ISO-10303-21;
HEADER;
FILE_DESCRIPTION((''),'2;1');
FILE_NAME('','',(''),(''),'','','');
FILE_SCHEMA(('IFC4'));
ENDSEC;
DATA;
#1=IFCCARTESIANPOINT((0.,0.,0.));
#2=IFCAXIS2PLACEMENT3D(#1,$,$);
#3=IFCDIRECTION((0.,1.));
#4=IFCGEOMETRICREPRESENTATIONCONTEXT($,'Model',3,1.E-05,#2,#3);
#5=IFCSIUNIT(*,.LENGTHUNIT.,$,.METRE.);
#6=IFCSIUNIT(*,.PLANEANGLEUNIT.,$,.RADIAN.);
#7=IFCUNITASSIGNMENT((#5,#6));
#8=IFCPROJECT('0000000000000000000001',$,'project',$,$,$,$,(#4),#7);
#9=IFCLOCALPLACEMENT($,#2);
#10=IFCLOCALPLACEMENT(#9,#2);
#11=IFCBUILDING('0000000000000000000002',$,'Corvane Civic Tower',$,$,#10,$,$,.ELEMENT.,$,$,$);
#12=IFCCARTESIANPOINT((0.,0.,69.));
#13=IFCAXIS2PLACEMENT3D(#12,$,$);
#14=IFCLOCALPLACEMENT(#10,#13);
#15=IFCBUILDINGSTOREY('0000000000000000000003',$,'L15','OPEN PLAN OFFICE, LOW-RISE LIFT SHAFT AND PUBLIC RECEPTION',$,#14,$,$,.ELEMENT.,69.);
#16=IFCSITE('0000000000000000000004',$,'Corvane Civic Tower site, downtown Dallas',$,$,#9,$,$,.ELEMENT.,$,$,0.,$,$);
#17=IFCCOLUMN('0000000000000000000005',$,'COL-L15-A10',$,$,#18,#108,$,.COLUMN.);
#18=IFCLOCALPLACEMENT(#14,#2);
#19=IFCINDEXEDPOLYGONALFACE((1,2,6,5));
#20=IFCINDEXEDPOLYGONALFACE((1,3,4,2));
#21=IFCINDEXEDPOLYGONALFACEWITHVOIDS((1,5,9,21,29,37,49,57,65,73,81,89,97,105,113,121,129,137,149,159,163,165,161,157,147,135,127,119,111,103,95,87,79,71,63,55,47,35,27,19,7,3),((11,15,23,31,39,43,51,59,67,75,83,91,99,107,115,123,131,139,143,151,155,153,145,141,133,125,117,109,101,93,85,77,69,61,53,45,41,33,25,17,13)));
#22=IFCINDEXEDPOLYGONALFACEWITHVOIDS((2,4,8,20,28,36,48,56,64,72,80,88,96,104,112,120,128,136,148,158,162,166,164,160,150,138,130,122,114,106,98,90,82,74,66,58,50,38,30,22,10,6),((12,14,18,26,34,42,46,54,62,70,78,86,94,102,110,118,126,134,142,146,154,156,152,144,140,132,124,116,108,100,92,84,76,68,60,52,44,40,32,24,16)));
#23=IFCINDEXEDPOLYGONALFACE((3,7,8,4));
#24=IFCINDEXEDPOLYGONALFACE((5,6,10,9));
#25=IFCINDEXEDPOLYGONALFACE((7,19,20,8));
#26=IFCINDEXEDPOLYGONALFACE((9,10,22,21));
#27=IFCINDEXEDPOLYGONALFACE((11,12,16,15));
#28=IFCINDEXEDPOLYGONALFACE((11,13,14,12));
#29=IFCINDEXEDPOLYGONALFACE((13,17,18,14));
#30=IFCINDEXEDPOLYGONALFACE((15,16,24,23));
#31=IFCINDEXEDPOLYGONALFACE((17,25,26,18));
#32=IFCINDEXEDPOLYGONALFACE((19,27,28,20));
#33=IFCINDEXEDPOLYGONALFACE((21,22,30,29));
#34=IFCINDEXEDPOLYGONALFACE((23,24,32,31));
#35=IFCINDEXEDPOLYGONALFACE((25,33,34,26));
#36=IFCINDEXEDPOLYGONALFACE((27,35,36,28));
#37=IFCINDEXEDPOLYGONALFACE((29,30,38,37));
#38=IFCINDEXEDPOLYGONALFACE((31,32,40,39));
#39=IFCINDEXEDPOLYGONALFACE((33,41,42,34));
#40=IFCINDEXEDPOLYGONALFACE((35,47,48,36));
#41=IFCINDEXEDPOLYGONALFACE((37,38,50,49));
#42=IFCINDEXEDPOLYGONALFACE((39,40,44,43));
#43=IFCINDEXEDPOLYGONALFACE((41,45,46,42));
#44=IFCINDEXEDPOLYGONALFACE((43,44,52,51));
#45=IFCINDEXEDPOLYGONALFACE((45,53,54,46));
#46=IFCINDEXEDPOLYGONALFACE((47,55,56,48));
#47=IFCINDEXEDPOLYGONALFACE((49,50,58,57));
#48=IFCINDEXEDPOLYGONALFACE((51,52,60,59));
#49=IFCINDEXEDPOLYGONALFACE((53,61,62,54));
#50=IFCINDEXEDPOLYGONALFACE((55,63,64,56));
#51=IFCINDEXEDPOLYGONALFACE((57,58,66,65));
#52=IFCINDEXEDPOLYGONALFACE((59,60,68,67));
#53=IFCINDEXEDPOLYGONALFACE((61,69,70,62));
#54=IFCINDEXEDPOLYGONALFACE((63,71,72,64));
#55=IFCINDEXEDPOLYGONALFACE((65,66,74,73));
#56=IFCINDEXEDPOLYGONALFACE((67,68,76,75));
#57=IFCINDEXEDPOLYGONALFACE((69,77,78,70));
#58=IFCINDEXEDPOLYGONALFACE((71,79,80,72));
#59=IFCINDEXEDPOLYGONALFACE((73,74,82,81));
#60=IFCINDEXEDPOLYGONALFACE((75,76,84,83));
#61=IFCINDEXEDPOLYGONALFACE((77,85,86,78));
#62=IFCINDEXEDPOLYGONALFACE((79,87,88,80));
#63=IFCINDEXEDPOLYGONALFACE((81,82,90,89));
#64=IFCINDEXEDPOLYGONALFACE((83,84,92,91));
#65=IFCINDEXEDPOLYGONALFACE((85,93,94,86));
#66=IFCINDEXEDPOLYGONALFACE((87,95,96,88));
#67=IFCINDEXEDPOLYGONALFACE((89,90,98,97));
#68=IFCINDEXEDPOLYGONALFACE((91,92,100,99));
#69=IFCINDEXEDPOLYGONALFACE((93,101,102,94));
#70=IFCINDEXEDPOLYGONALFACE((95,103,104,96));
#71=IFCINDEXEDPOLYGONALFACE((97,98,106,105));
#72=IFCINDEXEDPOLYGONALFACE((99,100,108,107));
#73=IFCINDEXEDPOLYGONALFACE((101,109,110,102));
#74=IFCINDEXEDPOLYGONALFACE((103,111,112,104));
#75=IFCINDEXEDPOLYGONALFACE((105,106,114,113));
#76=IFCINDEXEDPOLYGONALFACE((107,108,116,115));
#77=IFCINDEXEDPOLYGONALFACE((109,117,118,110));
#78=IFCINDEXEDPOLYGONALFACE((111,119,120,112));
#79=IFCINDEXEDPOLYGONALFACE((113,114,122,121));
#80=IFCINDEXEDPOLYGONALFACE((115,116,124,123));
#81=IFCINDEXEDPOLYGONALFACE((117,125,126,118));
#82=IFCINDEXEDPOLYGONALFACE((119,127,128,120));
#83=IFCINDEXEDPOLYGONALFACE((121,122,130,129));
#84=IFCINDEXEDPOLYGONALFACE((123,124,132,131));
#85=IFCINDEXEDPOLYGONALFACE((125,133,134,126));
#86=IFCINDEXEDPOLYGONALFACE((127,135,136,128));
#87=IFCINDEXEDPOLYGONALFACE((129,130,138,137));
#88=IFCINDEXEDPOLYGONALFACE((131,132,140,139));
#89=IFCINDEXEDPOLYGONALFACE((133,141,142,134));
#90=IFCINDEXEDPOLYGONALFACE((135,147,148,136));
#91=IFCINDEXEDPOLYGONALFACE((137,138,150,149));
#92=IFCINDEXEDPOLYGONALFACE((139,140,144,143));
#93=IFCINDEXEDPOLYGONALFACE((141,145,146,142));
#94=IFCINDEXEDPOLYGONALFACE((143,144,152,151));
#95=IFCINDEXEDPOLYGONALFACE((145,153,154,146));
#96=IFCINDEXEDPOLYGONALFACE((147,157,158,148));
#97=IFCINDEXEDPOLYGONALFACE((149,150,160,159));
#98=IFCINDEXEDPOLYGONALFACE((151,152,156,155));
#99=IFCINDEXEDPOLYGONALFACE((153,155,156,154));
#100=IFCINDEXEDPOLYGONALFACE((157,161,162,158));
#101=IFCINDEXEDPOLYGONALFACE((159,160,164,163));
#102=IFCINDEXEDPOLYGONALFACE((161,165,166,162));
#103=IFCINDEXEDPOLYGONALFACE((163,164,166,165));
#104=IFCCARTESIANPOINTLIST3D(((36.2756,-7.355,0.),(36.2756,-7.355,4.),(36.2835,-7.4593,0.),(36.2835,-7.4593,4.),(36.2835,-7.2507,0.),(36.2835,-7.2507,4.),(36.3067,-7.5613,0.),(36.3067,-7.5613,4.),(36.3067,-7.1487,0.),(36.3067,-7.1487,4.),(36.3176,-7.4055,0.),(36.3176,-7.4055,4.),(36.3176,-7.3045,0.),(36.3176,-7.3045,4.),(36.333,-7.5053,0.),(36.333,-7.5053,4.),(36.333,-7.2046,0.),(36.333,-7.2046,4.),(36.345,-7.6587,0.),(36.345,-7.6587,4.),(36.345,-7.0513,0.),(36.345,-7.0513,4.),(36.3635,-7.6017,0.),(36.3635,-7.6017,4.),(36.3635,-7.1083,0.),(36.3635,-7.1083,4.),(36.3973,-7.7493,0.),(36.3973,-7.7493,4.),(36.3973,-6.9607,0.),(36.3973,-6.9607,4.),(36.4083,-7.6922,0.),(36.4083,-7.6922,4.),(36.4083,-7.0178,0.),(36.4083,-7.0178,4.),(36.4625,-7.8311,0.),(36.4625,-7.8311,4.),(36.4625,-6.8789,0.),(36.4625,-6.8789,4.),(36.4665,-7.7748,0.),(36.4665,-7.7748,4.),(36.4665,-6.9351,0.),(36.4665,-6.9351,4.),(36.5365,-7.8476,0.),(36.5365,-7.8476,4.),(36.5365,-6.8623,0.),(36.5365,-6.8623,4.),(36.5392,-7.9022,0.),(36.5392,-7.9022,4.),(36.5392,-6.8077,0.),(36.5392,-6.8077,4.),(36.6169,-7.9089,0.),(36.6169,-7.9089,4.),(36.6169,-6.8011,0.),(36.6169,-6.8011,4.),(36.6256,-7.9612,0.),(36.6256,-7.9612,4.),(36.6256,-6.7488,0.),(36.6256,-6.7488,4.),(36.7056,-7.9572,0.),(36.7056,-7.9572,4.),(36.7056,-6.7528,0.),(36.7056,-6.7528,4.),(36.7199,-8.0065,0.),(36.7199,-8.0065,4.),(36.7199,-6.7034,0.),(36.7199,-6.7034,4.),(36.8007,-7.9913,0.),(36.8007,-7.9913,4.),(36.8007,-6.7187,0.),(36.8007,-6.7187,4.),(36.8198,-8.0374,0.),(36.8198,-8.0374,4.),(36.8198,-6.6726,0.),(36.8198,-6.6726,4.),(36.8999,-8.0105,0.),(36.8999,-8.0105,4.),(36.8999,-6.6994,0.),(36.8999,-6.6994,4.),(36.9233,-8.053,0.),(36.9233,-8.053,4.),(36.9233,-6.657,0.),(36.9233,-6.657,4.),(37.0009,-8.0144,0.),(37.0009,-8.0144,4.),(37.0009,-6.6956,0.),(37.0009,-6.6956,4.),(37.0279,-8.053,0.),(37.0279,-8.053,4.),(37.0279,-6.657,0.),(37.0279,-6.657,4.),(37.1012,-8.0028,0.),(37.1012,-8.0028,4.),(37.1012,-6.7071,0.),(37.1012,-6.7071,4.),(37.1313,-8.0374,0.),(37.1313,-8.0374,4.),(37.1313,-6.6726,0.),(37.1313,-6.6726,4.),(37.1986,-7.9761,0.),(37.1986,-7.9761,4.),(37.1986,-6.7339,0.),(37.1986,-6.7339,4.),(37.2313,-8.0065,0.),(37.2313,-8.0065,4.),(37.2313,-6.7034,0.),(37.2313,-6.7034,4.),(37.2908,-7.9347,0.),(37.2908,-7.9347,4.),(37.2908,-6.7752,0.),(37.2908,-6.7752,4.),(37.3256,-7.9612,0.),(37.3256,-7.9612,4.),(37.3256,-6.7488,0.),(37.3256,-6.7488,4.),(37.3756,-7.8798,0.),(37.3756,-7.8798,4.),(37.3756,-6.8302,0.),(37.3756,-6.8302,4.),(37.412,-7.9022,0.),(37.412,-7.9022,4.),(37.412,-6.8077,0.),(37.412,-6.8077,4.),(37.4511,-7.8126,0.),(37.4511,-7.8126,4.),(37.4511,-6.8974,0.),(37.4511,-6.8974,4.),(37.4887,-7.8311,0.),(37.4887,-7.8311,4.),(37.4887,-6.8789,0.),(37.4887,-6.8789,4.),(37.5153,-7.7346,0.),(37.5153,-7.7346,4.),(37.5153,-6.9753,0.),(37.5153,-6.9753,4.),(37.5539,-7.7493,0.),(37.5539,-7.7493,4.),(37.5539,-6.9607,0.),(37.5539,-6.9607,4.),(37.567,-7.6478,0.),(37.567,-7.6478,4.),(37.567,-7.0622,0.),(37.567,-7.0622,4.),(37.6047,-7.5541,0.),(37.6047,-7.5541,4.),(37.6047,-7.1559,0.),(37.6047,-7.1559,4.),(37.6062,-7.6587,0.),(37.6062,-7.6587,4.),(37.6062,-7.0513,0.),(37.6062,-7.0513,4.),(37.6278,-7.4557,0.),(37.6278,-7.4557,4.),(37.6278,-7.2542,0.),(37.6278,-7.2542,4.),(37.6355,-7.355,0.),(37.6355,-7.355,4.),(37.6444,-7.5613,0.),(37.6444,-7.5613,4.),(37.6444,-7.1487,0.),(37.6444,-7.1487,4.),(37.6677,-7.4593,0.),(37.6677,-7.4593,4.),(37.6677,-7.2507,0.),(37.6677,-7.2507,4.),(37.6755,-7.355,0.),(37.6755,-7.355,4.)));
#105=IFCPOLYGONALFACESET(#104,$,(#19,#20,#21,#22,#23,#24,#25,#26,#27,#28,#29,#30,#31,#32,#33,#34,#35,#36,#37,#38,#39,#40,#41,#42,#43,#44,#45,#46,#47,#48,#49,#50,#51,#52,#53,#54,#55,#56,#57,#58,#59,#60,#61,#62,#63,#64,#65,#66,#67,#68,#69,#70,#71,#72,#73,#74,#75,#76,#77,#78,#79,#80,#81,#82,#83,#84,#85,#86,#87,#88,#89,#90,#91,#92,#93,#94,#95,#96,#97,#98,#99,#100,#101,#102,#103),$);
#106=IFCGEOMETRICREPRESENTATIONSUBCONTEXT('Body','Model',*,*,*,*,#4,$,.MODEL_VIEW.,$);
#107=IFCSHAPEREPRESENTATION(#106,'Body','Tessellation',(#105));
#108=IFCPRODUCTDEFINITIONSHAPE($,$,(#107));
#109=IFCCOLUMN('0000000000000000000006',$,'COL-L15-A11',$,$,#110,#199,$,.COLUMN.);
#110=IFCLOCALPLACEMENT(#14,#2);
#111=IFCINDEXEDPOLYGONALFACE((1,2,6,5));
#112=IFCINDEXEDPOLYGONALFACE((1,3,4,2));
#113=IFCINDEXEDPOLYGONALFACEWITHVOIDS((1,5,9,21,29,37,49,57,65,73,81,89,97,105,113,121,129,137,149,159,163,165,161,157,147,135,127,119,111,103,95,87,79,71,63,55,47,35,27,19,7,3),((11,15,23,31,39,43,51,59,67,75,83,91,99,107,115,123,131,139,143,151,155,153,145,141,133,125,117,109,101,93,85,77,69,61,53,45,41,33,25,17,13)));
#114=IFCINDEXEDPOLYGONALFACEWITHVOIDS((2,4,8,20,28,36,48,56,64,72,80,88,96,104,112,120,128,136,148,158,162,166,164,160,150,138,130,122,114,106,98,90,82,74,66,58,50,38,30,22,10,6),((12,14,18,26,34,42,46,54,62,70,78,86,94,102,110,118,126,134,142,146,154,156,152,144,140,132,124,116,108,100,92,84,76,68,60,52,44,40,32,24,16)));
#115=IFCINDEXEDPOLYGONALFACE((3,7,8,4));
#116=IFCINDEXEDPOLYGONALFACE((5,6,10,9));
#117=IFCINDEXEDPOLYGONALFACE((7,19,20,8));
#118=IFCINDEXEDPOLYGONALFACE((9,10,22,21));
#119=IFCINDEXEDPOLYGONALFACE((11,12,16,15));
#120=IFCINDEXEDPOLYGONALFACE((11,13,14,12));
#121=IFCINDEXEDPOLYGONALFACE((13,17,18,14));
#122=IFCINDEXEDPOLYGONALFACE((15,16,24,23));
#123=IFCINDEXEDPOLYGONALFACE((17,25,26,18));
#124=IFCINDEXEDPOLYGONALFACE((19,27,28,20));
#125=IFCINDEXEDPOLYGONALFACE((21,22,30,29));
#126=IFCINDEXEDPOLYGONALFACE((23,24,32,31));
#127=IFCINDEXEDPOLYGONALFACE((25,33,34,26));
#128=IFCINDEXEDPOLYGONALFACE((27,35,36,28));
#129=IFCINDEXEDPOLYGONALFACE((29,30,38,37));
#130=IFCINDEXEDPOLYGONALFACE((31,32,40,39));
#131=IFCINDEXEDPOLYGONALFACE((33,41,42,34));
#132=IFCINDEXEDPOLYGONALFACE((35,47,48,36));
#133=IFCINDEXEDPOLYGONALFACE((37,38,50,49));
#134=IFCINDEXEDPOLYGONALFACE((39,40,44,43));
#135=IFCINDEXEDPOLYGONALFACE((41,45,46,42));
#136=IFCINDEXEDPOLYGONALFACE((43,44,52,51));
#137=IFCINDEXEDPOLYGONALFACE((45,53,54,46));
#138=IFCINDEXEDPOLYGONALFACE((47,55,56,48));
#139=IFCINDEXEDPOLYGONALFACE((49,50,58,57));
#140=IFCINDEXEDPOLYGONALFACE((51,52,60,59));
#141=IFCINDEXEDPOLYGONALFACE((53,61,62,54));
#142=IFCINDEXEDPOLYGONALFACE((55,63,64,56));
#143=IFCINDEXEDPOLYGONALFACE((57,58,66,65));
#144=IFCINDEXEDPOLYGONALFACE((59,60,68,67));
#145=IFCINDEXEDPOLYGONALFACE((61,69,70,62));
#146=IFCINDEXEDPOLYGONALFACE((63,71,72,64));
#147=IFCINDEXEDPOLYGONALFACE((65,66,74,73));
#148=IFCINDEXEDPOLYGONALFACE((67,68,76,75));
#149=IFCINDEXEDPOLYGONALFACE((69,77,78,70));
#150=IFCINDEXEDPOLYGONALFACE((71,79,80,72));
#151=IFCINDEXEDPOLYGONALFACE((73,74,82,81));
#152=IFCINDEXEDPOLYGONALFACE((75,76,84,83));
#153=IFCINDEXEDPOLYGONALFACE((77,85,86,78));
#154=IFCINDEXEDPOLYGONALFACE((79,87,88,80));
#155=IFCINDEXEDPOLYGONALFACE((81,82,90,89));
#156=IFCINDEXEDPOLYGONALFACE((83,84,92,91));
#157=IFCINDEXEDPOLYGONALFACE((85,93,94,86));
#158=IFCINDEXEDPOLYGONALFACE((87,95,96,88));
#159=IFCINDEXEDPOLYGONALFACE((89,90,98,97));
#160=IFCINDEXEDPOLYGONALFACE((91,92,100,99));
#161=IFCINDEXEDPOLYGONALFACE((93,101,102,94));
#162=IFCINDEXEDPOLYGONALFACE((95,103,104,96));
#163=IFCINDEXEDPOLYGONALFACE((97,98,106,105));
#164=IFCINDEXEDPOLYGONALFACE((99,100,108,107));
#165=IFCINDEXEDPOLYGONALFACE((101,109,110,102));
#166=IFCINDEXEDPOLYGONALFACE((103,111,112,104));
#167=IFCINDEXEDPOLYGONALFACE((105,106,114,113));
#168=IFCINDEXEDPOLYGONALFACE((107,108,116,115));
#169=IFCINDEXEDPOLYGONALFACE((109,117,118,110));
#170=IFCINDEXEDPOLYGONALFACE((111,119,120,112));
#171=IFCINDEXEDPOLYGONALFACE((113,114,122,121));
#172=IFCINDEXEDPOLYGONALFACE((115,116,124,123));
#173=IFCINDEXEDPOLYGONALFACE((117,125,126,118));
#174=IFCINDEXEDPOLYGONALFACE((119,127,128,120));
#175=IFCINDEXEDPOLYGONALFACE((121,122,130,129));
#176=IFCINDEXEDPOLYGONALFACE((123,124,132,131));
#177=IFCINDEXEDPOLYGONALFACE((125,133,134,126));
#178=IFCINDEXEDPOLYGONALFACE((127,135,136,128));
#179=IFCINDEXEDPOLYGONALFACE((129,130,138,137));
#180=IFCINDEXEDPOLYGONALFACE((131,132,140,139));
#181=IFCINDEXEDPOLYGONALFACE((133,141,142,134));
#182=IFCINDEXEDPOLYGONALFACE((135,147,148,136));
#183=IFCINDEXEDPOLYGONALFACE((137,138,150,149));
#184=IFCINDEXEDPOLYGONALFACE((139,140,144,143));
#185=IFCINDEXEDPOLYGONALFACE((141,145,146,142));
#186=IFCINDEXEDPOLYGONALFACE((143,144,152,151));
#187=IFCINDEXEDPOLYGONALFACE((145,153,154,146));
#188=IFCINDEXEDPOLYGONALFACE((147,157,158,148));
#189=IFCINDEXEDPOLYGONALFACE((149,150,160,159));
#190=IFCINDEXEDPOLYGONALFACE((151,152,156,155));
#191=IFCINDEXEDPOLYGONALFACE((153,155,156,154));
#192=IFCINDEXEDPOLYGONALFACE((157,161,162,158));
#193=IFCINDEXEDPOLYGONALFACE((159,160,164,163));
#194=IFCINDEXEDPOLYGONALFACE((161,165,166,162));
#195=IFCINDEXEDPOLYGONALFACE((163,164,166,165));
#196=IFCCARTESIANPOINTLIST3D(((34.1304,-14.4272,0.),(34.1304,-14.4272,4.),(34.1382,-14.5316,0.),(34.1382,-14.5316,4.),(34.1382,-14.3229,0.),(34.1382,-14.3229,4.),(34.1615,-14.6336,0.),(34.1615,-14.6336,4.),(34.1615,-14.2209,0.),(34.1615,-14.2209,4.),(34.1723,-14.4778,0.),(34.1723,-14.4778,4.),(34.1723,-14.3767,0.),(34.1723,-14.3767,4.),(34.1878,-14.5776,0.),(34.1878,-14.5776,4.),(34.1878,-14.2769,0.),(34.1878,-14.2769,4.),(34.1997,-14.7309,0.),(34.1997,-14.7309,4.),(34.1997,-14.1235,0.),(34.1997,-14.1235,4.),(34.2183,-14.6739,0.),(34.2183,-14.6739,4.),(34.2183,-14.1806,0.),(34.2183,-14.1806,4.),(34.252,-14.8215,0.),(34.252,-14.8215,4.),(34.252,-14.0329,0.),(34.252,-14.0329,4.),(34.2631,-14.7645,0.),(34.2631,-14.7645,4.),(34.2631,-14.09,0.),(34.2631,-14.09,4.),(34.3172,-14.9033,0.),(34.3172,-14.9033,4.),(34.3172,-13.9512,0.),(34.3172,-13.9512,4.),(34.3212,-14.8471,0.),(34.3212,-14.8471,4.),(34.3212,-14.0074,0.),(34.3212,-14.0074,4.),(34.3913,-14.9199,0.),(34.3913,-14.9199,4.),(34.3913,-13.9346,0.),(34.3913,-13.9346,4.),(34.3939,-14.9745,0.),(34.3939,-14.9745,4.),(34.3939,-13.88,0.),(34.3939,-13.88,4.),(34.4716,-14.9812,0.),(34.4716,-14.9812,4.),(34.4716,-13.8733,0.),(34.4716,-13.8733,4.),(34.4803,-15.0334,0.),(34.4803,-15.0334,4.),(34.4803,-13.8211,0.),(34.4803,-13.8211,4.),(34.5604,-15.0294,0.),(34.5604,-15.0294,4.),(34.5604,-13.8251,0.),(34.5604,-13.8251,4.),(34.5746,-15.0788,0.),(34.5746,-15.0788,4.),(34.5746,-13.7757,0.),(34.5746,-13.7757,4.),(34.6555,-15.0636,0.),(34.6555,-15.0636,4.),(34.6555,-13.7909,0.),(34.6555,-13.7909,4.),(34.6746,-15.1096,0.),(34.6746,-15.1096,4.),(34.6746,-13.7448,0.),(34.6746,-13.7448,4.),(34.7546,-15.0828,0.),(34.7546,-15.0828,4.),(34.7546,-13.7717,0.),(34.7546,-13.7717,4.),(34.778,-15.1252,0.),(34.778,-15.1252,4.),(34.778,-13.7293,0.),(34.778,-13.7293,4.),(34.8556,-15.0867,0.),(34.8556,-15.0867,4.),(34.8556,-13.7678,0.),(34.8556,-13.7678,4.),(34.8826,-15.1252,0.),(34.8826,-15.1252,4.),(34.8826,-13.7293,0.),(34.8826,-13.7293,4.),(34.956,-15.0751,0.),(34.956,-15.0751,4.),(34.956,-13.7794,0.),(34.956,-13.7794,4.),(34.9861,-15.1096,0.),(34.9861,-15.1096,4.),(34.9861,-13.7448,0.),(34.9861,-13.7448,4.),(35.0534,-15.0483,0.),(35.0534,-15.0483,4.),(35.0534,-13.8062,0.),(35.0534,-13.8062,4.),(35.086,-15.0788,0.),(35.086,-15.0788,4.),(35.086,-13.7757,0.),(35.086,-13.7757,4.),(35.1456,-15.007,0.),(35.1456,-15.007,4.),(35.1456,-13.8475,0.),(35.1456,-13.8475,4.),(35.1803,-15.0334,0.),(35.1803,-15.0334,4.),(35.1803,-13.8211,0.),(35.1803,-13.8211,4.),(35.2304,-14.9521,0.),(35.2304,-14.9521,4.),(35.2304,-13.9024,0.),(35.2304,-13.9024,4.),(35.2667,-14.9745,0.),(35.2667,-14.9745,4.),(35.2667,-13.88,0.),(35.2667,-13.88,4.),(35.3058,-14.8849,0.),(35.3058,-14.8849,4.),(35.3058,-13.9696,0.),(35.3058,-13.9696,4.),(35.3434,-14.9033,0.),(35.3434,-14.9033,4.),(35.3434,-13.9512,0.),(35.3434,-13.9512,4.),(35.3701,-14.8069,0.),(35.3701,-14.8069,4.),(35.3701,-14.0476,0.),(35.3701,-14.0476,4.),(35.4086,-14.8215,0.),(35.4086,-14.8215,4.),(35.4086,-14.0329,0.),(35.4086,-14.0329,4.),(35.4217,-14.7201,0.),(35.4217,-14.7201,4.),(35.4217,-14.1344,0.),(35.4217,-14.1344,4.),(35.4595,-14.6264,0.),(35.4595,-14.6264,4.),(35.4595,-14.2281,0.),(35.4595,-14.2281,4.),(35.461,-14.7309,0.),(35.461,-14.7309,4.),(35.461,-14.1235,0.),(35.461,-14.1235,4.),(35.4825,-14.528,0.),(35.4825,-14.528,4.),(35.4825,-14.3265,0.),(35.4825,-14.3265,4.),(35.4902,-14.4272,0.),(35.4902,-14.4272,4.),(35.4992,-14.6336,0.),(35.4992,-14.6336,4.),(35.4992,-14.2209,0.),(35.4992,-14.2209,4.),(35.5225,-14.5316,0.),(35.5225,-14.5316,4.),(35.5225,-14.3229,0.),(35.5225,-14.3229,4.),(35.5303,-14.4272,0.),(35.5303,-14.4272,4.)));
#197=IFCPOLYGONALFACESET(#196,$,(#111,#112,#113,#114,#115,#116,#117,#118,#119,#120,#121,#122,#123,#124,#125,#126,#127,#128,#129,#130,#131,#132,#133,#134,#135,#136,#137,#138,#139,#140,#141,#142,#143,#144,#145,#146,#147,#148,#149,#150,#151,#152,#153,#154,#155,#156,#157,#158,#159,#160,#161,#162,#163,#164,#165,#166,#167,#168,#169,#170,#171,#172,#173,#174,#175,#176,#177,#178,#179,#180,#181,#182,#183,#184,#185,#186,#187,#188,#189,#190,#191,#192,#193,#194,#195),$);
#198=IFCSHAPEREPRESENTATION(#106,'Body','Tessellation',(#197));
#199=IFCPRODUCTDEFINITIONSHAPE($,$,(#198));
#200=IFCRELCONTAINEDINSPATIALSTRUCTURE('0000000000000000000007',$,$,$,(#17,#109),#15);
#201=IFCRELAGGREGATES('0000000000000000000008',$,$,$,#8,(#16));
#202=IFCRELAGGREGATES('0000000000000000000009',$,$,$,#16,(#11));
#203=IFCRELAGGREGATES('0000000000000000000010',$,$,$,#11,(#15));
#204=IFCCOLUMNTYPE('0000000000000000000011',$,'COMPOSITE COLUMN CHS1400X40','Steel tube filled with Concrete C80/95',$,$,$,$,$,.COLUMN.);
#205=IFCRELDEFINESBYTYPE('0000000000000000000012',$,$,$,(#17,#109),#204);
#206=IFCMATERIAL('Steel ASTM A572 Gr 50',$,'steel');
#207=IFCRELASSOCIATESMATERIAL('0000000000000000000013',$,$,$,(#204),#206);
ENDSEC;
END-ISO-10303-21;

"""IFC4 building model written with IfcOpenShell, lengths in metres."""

from ifc_helpers import new_model, si_unit, direction, frame, origin, origin_2d, place, context, subcontext, project, spatial, hollow_circle, extrude, material, material_profile, profile_set, type_object, element, save


model = new_model("IFC4")

# Units and contexts
model_context = context("Model", 3, precision=1e-05, world=origin(), true_north=direction((0.0, 1.0)))
body_context = subcontext(model_context, "Body", "Model", "MODEL_VIEW")
ifc_project = project(units=[si_unit("LENGTHUNIT", "METRE"), si_unit("PLANEANGLEUNIT", "RADIAN")], contexts=[model_context])

# Site, building, storey
site_placement = place(None, origin())
site = spatial("IfcSite", under=ifc_project, at=site_placement, Name="Corvane Civic Tower site, downtown Dallas", CompositionType="ELEMENT", RefElevation=0.0)
building_placement = place(site_placement, origin())
building = spatial("IfcBuilding", under=site, at=building_placement, Name="Corvane Civic Tower", CompositionType="ELEMENT")
storey_placement = place(building_placement, frame((0.0, 0.0, 69.0)))
storey = spatial("IfcBuildingStorey", under=building, at=storey_placement, Name="L15", Description="OPEN PLAN OFFICE, LOW-RISE LIFT SHAFT AND PUBLIC RECEPTION", CompositionType="ELEMENT", Elevation=69.0)

# Columns
ifc_material_1 = material(Name="Steel ASTM A572 Gr 50", Category="steel")
ifc_material_profile_1 = material_profile(ifc_material_1, hollow_circle(Radius=0.7, WallThickness=0.04, at=origin_2d()), Name="CHS1400X40")
ifc_profile_set_1 = profile_set([ifc_material_profile_1], Name="Steel ASTM A572 Gr 50")
column_type = type_object("IfcColumnType", Name="COMPOSITE COLUMN CHS1400X40", Description="Steel tube filled with Concrete C80/95", PredefinedType="COLUMN", material=ifc_profile_set_1)
for number, where, z_axis, x_axis, name in (
    (1, (36.9756, -7.355, 0.0), (0.0, 0.0, 1.0), (1.0, 0.0, 0.0), "COL-L15-A10"),
    (2, (34.8303, -14.4272, 0.0), (0.0, 0.0, 1.0), (1.0, 0.0, 0.0), "COL-L15-A11"),
):
    element("IfcColumn", number, at=place(storey_placement, frame(where, z_axis=z_axis, x_axis=x_axis)), inside=storey, type_object=column_type, Name=name, PredefinedType="COLUMN", context=body_context, shape_type="SweptSolid", body=[
        extrude(hollow_circle(Radius=0.7, WallThickness=0.04, at=origin_2d()), origin(), (0.0, 0.0, 1.0), 4.0),
    ])

save(model, "model.ifc")
